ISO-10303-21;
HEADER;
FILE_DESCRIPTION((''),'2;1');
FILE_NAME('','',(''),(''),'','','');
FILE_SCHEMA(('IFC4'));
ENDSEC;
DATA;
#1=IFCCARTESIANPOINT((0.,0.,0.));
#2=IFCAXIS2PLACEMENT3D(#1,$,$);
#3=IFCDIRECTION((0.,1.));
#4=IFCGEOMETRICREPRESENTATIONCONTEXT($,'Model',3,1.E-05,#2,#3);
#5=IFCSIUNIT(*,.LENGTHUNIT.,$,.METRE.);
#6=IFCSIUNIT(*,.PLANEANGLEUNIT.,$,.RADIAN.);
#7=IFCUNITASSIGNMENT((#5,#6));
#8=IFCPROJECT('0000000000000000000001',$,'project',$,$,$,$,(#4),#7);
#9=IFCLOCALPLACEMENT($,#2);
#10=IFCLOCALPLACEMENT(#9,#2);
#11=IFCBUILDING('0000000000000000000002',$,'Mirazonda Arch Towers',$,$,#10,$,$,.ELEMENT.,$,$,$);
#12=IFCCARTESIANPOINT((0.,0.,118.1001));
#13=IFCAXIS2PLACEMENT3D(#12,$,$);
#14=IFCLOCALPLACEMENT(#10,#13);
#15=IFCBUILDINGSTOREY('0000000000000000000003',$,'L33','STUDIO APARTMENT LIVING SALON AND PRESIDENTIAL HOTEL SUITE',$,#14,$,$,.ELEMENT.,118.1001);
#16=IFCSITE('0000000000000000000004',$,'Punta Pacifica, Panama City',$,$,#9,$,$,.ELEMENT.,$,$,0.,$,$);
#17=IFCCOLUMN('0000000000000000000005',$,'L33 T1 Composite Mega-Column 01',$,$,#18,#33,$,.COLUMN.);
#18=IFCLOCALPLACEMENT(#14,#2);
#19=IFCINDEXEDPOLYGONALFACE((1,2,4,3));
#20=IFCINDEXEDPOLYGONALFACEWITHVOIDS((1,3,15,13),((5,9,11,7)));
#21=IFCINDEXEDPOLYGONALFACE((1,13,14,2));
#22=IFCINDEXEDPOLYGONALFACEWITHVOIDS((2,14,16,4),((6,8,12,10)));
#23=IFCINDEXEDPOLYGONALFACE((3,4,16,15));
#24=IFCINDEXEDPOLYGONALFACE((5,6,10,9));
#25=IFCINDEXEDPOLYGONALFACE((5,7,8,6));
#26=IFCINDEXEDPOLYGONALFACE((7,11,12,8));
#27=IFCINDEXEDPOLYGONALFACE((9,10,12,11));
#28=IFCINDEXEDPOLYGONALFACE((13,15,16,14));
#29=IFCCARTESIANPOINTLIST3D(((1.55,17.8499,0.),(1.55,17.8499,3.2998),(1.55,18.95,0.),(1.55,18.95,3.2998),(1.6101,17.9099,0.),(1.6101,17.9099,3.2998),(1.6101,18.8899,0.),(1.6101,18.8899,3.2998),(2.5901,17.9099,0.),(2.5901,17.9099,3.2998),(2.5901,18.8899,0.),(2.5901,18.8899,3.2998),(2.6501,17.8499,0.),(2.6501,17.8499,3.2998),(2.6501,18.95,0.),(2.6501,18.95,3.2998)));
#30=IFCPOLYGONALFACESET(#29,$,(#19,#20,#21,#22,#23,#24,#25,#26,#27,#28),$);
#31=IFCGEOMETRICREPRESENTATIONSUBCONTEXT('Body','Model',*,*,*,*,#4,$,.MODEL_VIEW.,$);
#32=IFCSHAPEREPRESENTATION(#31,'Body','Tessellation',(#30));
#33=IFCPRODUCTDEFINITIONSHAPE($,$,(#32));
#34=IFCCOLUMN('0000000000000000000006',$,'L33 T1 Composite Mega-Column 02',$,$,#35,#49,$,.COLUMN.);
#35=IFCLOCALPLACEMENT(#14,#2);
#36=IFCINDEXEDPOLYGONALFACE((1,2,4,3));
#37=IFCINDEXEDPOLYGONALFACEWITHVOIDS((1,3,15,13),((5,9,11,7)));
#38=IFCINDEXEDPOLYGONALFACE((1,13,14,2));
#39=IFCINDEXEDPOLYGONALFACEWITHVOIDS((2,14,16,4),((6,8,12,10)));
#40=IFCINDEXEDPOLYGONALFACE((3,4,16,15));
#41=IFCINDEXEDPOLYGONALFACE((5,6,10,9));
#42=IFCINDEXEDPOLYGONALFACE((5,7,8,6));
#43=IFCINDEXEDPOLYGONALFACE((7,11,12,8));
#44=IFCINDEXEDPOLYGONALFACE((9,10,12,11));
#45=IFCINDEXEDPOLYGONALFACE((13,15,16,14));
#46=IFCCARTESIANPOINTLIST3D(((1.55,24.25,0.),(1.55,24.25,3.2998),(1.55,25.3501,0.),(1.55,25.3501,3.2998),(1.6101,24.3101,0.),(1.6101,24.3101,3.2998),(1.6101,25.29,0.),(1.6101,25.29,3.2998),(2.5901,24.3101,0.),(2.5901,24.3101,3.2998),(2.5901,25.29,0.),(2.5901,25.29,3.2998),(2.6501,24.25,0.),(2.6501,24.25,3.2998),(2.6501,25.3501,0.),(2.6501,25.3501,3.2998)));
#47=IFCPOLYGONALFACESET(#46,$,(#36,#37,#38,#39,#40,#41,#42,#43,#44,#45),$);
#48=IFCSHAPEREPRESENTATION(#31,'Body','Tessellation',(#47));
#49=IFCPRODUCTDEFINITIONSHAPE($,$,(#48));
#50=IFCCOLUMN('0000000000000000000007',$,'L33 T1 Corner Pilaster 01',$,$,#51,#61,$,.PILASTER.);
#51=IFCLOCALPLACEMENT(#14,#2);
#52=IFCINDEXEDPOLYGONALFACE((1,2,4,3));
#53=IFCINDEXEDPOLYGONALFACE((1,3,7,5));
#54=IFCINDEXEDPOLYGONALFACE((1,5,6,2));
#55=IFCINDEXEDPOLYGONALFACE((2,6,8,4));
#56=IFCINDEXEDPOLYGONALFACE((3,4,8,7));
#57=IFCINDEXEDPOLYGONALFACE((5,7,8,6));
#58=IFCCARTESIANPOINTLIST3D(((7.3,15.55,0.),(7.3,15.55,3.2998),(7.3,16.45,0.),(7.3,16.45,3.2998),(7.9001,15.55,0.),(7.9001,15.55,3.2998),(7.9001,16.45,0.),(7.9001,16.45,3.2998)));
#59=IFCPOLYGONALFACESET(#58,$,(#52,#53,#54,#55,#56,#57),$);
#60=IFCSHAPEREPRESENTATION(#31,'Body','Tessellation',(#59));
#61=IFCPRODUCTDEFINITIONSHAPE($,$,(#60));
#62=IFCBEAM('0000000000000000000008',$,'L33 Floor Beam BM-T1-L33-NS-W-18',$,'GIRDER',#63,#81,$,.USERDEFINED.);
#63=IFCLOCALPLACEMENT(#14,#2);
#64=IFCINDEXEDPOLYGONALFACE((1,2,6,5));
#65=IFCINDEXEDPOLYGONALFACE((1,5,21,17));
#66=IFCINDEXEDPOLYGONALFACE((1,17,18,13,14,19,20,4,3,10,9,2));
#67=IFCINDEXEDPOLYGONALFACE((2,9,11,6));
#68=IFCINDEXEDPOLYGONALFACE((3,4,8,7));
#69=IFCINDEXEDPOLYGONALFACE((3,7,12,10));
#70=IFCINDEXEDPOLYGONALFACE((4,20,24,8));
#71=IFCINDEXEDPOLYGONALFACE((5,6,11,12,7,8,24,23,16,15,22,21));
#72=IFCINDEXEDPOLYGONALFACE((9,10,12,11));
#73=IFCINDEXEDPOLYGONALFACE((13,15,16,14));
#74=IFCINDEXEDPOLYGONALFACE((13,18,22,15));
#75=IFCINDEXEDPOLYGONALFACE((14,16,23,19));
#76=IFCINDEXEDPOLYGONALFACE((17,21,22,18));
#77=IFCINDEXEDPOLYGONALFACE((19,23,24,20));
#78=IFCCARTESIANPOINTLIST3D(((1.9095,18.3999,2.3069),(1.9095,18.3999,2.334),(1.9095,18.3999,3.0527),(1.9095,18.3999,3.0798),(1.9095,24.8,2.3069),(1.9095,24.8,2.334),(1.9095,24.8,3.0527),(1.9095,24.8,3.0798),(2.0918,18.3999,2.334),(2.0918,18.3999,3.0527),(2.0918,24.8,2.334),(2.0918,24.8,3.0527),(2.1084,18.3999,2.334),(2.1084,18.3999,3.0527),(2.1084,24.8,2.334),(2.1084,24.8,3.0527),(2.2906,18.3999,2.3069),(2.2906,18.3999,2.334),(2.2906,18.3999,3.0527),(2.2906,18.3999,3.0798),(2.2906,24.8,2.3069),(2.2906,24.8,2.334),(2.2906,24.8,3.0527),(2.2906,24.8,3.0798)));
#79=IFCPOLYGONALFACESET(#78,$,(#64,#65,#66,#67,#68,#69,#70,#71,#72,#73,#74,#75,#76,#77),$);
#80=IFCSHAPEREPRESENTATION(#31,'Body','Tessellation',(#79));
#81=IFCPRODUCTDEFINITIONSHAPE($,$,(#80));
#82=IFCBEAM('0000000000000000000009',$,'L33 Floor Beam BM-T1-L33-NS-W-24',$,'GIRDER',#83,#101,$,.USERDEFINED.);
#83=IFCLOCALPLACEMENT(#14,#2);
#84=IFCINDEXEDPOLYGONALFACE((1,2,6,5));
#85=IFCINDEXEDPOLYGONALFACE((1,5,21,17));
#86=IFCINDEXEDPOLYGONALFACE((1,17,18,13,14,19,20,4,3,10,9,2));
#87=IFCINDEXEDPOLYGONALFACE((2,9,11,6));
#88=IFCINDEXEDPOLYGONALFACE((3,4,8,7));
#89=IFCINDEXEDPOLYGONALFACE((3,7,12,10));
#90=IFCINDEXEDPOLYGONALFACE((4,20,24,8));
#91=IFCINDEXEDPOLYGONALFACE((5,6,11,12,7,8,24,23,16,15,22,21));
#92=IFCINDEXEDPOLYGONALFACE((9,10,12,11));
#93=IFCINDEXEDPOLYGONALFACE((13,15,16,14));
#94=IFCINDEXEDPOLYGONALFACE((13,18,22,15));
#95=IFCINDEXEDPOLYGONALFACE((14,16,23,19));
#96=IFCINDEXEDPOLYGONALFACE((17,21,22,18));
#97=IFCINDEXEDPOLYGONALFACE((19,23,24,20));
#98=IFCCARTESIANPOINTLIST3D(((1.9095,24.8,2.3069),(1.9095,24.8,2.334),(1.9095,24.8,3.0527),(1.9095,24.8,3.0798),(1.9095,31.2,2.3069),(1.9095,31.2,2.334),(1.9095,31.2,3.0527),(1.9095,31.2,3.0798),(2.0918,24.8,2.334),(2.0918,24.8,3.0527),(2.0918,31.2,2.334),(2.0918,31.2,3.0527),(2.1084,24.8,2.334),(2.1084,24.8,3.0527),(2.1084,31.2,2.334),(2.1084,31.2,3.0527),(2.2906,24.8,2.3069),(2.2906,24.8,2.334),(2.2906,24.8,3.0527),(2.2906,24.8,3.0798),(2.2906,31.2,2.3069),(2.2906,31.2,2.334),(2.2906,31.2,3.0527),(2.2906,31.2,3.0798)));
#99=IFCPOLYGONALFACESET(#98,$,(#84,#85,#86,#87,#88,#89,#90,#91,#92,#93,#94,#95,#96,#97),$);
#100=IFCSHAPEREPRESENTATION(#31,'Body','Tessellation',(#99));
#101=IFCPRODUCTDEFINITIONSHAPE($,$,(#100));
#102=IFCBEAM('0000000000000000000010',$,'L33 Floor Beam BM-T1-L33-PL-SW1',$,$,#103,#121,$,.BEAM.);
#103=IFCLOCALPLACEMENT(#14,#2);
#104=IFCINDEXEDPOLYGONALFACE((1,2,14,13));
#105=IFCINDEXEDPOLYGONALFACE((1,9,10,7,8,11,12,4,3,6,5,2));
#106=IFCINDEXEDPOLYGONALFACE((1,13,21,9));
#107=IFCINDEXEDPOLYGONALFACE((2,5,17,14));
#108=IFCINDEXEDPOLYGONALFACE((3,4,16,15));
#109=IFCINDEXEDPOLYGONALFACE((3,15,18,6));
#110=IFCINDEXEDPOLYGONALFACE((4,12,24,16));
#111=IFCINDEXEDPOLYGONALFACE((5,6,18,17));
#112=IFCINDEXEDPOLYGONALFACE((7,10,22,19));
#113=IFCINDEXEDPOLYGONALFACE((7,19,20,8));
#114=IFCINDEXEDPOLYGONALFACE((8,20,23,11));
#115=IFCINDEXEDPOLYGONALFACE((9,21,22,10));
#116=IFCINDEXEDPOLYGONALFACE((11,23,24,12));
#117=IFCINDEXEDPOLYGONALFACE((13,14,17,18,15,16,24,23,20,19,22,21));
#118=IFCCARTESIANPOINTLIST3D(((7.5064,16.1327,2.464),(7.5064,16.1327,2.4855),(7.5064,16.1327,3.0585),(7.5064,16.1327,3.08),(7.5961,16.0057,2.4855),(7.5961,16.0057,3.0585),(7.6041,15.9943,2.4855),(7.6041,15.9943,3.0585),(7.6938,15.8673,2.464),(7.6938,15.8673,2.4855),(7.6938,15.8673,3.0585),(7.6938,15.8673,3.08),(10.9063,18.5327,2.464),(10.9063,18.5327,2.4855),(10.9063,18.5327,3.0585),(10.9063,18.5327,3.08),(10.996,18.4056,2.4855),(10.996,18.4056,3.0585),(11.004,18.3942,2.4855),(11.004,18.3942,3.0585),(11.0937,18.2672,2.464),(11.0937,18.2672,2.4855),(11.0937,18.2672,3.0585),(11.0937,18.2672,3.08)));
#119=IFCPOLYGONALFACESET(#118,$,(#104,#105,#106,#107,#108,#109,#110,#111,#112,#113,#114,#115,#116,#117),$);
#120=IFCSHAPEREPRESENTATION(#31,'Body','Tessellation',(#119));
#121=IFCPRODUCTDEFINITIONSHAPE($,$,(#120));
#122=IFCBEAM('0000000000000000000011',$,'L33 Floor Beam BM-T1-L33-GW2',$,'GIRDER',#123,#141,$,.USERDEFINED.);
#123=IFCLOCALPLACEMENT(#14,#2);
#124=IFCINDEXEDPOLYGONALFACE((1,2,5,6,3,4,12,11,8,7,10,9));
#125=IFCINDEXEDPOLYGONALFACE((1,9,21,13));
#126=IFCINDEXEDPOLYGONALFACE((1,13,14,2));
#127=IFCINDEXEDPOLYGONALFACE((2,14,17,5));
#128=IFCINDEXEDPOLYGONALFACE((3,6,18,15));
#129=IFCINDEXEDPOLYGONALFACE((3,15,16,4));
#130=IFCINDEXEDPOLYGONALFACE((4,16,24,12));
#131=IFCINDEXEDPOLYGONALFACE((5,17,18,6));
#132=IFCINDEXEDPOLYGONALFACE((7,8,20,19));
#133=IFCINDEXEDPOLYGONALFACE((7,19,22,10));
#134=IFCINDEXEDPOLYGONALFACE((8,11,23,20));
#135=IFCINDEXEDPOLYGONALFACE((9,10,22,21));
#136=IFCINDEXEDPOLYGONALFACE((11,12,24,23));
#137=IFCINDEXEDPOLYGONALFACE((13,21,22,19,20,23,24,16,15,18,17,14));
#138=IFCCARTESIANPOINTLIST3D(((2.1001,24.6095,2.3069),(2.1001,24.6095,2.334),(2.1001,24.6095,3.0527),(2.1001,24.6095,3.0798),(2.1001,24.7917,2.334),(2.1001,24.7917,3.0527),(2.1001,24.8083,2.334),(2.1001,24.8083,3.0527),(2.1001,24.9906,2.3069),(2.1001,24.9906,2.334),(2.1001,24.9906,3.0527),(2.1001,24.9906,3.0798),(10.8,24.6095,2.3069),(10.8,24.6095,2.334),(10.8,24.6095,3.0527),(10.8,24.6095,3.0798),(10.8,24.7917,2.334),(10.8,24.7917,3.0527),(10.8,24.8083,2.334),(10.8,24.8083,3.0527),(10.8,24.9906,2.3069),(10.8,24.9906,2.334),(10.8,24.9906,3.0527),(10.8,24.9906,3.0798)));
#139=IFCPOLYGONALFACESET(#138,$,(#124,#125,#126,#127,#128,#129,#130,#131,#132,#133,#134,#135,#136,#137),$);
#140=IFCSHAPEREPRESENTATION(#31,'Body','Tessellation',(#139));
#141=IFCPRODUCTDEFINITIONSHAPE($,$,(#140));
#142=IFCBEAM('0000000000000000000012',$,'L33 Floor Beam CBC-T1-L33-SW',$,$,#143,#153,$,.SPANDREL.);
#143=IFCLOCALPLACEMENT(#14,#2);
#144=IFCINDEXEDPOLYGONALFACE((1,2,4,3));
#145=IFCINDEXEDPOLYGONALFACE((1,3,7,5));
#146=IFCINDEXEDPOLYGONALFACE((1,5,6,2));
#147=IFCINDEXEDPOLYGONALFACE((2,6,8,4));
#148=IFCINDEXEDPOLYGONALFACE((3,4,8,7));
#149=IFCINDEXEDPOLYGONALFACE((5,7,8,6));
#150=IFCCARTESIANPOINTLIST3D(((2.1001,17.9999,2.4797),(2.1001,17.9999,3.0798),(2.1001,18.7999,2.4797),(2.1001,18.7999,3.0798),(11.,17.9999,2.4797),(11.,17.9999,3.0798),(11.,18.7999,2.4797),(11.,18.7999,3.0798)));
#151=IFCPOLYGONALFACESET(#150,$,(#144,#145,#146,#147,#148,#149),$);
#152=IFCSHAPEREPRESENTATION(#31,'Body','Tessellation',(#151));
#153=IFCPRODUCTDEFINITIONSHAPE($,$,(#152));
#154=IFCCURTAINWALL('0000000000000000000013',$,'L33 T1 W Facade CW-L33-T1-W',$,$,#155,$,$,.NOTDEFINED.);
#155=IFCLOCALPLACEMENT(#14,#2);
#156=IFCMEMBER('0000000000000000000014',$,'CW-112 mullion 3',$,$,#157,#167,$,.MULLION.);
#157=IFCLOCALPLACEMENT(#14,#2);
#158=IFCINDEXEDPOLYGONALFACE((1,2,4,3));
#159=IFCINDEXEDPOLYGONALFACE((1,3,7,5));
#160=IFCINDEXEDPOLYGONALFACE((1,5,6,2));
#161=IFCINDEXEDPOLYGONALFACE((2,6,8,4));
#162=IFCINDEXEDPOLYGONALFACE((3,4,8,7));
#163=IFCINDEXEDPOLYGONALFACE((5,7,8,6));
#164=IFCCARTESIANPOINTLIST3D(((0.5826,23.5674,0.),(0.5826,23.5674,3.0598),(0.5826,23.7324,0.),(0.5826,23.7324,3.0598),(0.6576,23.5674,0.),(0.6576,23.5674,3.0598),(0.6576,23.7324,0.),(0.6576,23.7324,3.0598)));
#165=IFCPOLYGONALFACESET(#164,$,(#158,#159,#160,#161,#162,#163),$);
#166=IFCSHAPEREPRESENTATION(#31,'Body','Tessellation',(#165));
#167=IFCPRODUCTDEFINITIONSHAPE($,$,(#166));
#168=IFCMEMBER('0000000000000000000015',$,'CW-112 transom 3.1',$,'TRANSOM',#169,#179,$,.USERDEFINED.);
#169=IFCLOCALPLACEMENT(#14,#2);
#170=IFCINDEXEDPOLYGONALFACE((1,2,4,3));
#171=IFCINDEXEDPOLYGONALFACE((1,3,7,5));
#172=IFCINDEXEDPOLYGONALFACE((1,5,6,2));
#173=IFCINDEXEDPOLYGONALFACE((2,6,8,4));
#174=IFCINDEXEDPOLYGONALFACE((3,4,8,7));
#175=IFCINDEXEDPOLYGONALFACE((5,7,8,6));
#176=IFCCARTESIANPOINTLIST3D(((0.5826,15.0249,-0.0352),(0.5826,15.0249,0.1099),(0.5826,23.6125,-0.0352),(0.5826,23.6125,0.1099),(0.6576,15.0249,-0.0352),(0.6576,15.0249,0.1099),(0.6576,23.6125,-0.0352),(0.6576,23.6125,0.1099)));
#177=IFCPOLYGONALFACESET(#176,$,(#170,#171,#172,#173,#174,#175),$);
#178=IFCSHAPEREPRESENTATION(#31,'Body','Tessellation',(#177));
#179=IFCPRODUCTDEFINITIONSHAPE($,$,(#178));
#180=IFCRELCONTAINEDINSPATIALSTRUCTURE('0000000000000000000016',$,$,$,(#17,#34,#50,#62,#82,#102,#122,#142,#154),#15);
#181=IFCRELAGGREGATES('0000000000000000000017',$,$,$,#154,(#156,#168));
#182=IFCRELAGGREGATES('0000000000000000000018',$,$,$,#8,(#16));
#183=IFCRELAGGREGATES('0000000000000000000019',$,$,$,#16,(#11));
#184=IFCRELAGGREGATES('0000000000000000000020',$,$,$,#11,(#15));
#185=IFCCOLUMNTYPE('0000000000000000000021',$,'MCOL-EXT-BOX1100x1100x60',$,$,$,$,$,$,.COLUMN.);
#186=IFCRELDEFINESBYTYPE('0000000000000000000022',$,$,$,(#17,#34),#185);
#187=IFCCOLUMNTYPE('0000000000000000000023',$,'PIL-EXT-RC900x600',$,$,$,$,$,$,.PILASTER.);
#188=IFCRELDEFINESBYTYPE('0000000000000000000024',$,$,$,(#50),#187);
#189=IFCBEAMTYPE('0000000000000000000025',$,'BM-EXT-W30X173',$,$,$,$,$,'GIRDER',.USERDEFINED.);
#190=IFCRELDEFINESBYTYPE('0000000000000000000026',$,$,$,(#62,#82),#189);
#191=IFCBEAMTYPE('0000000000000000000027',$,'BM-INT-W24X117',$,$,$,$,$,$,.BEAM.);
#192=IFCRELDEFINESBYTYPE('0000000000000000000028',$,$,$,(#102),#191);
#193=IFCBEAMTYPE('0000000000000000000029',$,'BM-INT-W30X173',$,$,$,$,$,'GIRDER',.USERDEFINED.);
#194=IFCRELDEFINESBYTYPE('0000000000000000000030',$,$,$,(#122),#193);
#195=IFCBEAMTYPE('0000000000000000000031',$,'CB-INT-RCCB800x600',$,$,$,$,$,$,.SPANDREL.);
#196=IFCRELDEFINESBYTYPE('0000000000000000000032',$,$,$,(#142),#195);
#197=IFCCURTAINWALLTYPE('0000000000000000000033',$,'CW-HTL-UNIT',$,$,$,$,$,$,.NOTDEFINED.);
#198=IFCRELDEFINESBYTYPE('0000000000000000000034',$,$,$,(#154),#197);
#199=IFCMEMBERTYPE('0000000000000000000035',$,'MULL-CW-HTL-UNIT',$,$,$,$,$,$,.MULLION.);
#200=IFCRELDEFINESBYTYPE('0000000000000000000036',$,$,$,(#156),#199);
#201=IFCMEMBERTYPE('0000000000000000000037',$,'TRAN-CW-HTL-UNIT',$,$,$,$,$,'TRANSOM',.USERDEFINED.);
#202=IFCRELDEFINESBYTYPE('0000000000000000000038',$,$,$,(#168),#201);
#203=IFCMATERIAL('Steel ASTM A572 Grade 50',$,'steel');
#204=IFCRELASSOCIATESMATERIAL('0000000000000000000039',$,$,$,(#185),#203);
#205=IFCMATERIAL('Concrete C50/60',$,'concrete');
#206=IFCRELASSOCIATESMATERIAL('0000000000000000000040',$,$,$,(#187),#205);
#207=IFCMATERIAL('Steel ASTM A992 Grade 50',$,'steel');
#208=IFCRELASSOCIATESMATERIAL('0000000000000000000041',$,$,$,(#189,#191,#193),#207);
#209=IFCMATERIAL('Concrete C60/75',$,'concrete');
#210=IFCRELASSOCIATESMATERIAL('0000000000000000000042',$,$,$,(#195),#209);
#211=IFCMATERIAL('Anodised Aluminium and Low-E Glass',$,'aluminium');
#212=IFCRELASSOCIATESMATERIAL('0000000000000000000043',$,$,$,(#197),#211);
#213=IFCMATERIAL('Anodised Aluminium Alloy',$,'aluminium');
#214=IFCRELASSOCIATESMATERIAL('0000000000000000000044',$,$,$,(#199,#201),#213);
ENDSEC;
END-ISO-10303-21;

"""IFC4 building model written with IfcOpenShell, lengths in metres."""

from ifc_helpers import new_model, si_unit, direction, frame, origin, origin_2d, place, context, subcontext, project, spatial, rectangle, hollow_rectangle, i_section, extrude, material, material_profile, profile_set, type_object, element, aggregate, save


model = new_model("IFC4")

# Units and contexts
model_context = context("Model", 3, precision=1e-05, world=origin(), true_north=direction((0.0, 1.0)))
body_context = subcontext(model_context, "Body", "Model", "MODEL_VIEW")
ifc_project = project(units=[si_unit("LENGTHUNIT", "METRE"), si_unit("PLANEANGLEUNIT", "RADIAN")], contexts=[model_context])

# Site, building, storey
site_placement = place(None, origin())
site = spatial("IfcSite", under=ifc_project, at=site_placement, Name="Punta Pacifica, Panama City", CompositionType="ELEMENT", RefElevation=0.0)
building_placement = place(site_placement, origin())
building = spatial("IfcBuilding", under=site, at=building_placement, Name="Mirazonda Arch Towers", CompositionType="ELEMENT")
storey_placement = place(building_placement, frame((0.0, 0.0, 118.1001)))
storey = spatial("IfcBuildingStorey", under=building, at=storey_placement, Name="L33", Description="STUDIO APARTMENT LIVING SALON AND PRESIDENTIAL HOTEL SUITE", CompositionType="ELEMENT", Elevation=118.1001)

# Columns
ifc_material_1 = material(Name="Steel ASTM A572 Grade 50", Category="steel")
ifc_material_profile_1 = material_profile(ifc_material_1, hollow_rectangle(XDim=1.1001, YDim=1.1001, WallThickness=0.0601, at=origin_2d()), Name="BOX1100x1100x60")
ifc_profile_set_1 = profile_set([ifc_material_profile_1], Name="Steel ASTM A572 Grade 50")
column_type_1 = type_object("IfcColumnType", Name="MCOL-EXT-BOX1100x1100x60", PredefinedType="COLUMN", material=ifc_profile_set_1)
for number, where, z_axis, x_axis, name in (
    (1, (2.1001, 18.3999, 0.0), (0.0, 0.0, 1.0), (1.0, 0.0, 0.0), "L33 T1 Composite Mega-Column 01"),
    (2, (2.1001, 24.8, 0.0), (0.0, 0.0, 1.0), (1.0, 0.0, 0.0), "L33 T1 Composite Mega-Column 02"),
):
    element("IfcColumn", number, at=place(storey_placement, frame(where, z_axis=z_axis, x_axis=x_axis)), inside=storey, type_object=column_type_1, Name=name, PredefinedType="COLUMN", context=body_context, shape_type="SweptSolid", body=[
        extrude(hollow_rectangle(XDim=1.1001, YDim=1.1001, WallThickness=0.0601, at=origin_2d()), origin(), (0.0, 0.0, 1.0), 3.2998),
    ])
ifc_material_2 = material(Name="Concrete C50/60", Category="concrete")
ifc_material_profile_2 = material_profile(ifc_material_2, rectangle(XDim=0.6001, YDim=0.8999, at=origin_2d()), Name="RC900x600")
ifc_profile_set_2 = profile_set([ifc_material_profile_2], Name="Concrete C50/60")
column_type_2 = type_object("IfcColumnType", Name="PIL-EXT-RC900x600", PredefinedType="PILASTER", material=ifc_profile_set_2)
column_placement = place(storey_placement, frame((7.6001, 16.0, 0.0), z_axis=(0.0, 0.0, 1.0), x_axis=(1.0, 0.0, 0.0)))
element("IfcColumn", 3, at=column_placement, inside=storey, type_object=column_type_2, Name="L33 T1 Corner Pilaster 01", PredefinedType="PILASTER", context=body_context, shape_type="SweptSolid", body=[
    extrude(rectangle(XDim=0.6001, YDim=0.8999, at=origin_2d()), origin(), (0.0, 0.0, 1.0), 3.2998),
])

# Beams
ifc_material_3 = material(Name="Steel ASTM A992 Grade 50", Category="steel")
ifc_material_profile_3 = material_profile(ifc_material_3, i_section(OverallWidth=0.3811, OverallDepth=0.7729, WebThickness=0.0166, FlangeThickness=0.0271, at=origin_2d()), Name="W30X173")
ifc_profile_set_3 = profile_set([ifc_material_profile_3], Name="Steel ASTM A992 Grade 50")
beam_type_1 = type_object("IfcBeamType", Name="BM-EXT-W30X173", ElementType="GIRDER", PredefinedType="USERDEFINED", material=ifc_profile_set_3)
beam_1_placement = place(storey_placement, frame((2.1001, 18.3999, 2.6934), z_axis=(0.0, 1.0, 0.0), x_axis=(-1.0, 0.0, 0.0)))
element("IfcBeam", 4, at=beam_1_placement, inside=storey, type_object=beam_type_1, Name="L33 Floor Beam BM-T1-L33-NS-W-18", ObjectType="GIRDER", PredefinedType="USERDEFINED", context=body_context, shape_type="SweptSolid", body=[
    extrude(i_section(OverallWidth=0.3811, OverallDepth=0.7729, WebThickness=0.0166, FlangeThickness=0.0271, at=origin_2d()), origin(), (0.0, 0.0, 1.0), 6.4001),
])
beam_2_placement = place(storey_placement, frame((2.1001, 24.8, 2.6934), z_axis=(0.0, 1.0, 0.0), x_axis=(-1.0, 0.0, 0.0)))
element("IfcBeam", 5, at=beam_2_placement, inside=storey, type_object=beam_type_1, Name="L33 Floor Beam BM-T1-L33-NS-W-24", ObjectType="GIRDER", PredefinedType="USERDEFINED", context=body_context, shape_type="SweptSolid", body=[
    extrude(i_section(OverallWidth=0.3811, OverallDepth=0.7729, WebThickness=0.0166, FlangeThickness=0.0271, at=origin_2d()), origin(), (0.0, 0.0, 1.0), 6.3999),
])
ifc_material_profile_4 = material_profile(ifc_material_3, i_section(OverallWidth=0.325, OverallDepth=0.616, WebThickness=0.0139, FlangeThickness=0.0215, at=origin_2d()), Name="W24X117")
ifc_profile_set_4 = profile_set([ifc_material_profile_4], Name="Steel ASTM A992 Grade 50")
beam_type_2 = type_object("IfcBeamType", Name="BM-INT-W24X117", PredefinedType="BEAM", material=ifc_profile_set_4)
beam_3_placement = place(storey_placement, frame((7.6001, 16.0, 2.772), z_axis=(0.816971, 0.576679, 0.0), x_axis=(-0.576679, 0.816971, 0.0)))
element("IfcBeam", 6, at=beam_3_placement, inside=storey, type_object=beam_type_2, Name="L33 Floor Beam BM-T1-L33-PL-SW1", PredefinedType="BEAM", context=body_context, shape_type="SweptSolid", body=[
    extrude(i_section(OverallWidth=0.325, OverallDepth=0.616, WebThickness=0.0139, FlangeThickness=0.0215, at=origin_2d()), origin(), (0.0, 0.0, 1.0), 4.1616),
])
ifc_material_profile_5 = material_profile(ifc_material_3, i_section(OverallWidth=0.3811, OverallDepth=0.7729, WebThickness=0.0166, FlangeThickness=0.0271, at=origin_2d()), Name="W30X173")
ifc_profile_set_5 = profile_set([ifc_material_profile_5], Name="Steel ASTM A992 Grade 50")
beam_type_3 = type_object("IfcBeamType", Name="BM-INT-W30X173", ElementType="GIRDER", PredefinedType="USERDEFINED", material=ifc_profile_set_5)
beam_4_placement = place(storey_placement, frame((2.1001, 24.8, 2.6934), z_axis=(1.0, 0.0, 0.0), x_axis=(0.0, 1.0, 0.0)))
element("IfcBeam", 7, at=beam_4_placement, inside=storey, type_object=beam_type_3, Name="L33 Floor Beam BM-T1-L33-GW2", ObjectType="GIRDER", PredefinedType="USERDEFINED", context=body_context, shape_type="SweptSolid", body=[
    extrude(i_section(OverallWidth=0.3811, OverallDepth=0.7729, WebThickness=0.0166, FlangeThickness=0.0271, at=origin_2d()), origin(), (0.0, 0.0, 1.0), 8.7),
])
ifc_material_4 = material(Name="Concrete C60/75", Category="concrete")
ifc_material_profile_6 = material_profile(ifc_material_4, rectangle(XDim=0.8, YDim=0.6001, at=origin_2d()), Name="RCCB800x600")
ifc_profile_set_6 = profile_set([ifc_material_profile_6], Name="Concrete C60/75")
beam_type_4 = type_object("IfcBeamType", Name="CB-INT-RCCB800x600", PredefinedType="SPANDREL", material=ifc_profile_set_6)
beam_5_placement = place(storey_placement, frame((2.1001, 18.3999, 2.7798), z_axis=(1.0, 0.0, 0.0), x_axis=(0.0, 1.0, 0.0)))
element("IfcBeam", 8, at=beam_5_placement, inside=storey, type_object=beam_type_4, Name="L33 Floor Beam CBC-T1-L33-SW", PredefinedType="SPANDREL", context=body_context, shape_type="SweptSolid", body=[
    extrude(rectangle(XDim=0.8, YDim=0.6001, at=origin_2d()), origin(), (0.0, 0.0, 1.0), 8.8999),
])

# Curtain wall, members
ifc_material_5 = material(Name="Anodised Aluminium and Low-E Glass", Category="aluminium")
curtain_wall_type = type_object("IfcCurtainWallType", Name="CW-HTL-UNIT", PredefinedType="NOTDEFINED", material=ifc_material_5)
curtain_wall_placement = place(storey_placement, origin())
curtain_wall = element("IfcCurtainWall", 9, at=curtain_wall_placement, inside=storey, type_object=curtain_wall_type, Name="L33 T1 W Facade CW-L33-T1-W", PredefinedType="NOTDEFINED")
ifc_material_6 = material(Name="Anodised Aluminium Alloy", Category="aluminium")
ifc_material_profile_7 = material_profile(ifc_material_6, rectangle(XDim=0.075, YDim=0.165, at=origin_2d()), Name="ALU-MULL-75x165")
ifc_profile_set_7 = profile_set([ifc_material_profile_7], Name="Anodised Aluminium Alloy")
member_type_1 = type_object("IfcMemberType", Name="MULL-CW-HTL-UNIT", PredefinedType="MULLION", material=ifc_profile_set_7)
member_1_placement = place(storey_placement, frame((0.6201, 23.6499, 0.0), z_axis=(0.0, 0.0, 1.0), x_axis=(1.0, 0.0, 0.0)))
member_1 = element("IfcMember", 10, at=member_1_placement, type_object=member_type_1, Name="CW-112 mullion 3", PredefinedType="MULLION", context=body_context, shape_type="SweptSolid", body=[
    extrude(rectangle(XDim=0.075, YDim=0.165, at=origin_2d()), origin(), (0.0, 0.0, 1.0), 3.0598),
])
ifc_material_profile_8 = material_profile(ifc_material_6, rectangle(XDim=0.075, YDim=0.145, at=origin_2d()), Name="ALU-TRAN-75x145")
ifc_profile_set_8 = profile_set([ifc_material_profile_8], Name="Anodised Aluminium Alloy")
member_type_2 = type_object("IfcMemberType", Name="TRAN-CW-HTL-UNIT", ElementType="TRANSOM", PredefinedType="USERDEFINED", material=ifc_profile_set_8)
member_2_placement = place(storey_placement, frame((0.6201, 23.6125, 0.0374), z_axis=(0.0, -1.0, 0.0), x_axis=(1.0, 0.0, 0.0)))
member_2 = element("IfcMember", 11, at=member_2_placement, type_object=member_type_2, Name="CW-112 transom 3.1", ObjectType="TRANSOM", PredefinedType="USERDEFINED", context=body_context, shape_type="SweptSolid", body=[
    extrude(rectangle(XDim=0.075, YDim=0.145, at=origin_2d()), origin(), (0.0, 0.0, 1.0), 8.5876),
])
aggregate(curtain_wall, [member_1, member_2])

save(model, "model.ifc")
